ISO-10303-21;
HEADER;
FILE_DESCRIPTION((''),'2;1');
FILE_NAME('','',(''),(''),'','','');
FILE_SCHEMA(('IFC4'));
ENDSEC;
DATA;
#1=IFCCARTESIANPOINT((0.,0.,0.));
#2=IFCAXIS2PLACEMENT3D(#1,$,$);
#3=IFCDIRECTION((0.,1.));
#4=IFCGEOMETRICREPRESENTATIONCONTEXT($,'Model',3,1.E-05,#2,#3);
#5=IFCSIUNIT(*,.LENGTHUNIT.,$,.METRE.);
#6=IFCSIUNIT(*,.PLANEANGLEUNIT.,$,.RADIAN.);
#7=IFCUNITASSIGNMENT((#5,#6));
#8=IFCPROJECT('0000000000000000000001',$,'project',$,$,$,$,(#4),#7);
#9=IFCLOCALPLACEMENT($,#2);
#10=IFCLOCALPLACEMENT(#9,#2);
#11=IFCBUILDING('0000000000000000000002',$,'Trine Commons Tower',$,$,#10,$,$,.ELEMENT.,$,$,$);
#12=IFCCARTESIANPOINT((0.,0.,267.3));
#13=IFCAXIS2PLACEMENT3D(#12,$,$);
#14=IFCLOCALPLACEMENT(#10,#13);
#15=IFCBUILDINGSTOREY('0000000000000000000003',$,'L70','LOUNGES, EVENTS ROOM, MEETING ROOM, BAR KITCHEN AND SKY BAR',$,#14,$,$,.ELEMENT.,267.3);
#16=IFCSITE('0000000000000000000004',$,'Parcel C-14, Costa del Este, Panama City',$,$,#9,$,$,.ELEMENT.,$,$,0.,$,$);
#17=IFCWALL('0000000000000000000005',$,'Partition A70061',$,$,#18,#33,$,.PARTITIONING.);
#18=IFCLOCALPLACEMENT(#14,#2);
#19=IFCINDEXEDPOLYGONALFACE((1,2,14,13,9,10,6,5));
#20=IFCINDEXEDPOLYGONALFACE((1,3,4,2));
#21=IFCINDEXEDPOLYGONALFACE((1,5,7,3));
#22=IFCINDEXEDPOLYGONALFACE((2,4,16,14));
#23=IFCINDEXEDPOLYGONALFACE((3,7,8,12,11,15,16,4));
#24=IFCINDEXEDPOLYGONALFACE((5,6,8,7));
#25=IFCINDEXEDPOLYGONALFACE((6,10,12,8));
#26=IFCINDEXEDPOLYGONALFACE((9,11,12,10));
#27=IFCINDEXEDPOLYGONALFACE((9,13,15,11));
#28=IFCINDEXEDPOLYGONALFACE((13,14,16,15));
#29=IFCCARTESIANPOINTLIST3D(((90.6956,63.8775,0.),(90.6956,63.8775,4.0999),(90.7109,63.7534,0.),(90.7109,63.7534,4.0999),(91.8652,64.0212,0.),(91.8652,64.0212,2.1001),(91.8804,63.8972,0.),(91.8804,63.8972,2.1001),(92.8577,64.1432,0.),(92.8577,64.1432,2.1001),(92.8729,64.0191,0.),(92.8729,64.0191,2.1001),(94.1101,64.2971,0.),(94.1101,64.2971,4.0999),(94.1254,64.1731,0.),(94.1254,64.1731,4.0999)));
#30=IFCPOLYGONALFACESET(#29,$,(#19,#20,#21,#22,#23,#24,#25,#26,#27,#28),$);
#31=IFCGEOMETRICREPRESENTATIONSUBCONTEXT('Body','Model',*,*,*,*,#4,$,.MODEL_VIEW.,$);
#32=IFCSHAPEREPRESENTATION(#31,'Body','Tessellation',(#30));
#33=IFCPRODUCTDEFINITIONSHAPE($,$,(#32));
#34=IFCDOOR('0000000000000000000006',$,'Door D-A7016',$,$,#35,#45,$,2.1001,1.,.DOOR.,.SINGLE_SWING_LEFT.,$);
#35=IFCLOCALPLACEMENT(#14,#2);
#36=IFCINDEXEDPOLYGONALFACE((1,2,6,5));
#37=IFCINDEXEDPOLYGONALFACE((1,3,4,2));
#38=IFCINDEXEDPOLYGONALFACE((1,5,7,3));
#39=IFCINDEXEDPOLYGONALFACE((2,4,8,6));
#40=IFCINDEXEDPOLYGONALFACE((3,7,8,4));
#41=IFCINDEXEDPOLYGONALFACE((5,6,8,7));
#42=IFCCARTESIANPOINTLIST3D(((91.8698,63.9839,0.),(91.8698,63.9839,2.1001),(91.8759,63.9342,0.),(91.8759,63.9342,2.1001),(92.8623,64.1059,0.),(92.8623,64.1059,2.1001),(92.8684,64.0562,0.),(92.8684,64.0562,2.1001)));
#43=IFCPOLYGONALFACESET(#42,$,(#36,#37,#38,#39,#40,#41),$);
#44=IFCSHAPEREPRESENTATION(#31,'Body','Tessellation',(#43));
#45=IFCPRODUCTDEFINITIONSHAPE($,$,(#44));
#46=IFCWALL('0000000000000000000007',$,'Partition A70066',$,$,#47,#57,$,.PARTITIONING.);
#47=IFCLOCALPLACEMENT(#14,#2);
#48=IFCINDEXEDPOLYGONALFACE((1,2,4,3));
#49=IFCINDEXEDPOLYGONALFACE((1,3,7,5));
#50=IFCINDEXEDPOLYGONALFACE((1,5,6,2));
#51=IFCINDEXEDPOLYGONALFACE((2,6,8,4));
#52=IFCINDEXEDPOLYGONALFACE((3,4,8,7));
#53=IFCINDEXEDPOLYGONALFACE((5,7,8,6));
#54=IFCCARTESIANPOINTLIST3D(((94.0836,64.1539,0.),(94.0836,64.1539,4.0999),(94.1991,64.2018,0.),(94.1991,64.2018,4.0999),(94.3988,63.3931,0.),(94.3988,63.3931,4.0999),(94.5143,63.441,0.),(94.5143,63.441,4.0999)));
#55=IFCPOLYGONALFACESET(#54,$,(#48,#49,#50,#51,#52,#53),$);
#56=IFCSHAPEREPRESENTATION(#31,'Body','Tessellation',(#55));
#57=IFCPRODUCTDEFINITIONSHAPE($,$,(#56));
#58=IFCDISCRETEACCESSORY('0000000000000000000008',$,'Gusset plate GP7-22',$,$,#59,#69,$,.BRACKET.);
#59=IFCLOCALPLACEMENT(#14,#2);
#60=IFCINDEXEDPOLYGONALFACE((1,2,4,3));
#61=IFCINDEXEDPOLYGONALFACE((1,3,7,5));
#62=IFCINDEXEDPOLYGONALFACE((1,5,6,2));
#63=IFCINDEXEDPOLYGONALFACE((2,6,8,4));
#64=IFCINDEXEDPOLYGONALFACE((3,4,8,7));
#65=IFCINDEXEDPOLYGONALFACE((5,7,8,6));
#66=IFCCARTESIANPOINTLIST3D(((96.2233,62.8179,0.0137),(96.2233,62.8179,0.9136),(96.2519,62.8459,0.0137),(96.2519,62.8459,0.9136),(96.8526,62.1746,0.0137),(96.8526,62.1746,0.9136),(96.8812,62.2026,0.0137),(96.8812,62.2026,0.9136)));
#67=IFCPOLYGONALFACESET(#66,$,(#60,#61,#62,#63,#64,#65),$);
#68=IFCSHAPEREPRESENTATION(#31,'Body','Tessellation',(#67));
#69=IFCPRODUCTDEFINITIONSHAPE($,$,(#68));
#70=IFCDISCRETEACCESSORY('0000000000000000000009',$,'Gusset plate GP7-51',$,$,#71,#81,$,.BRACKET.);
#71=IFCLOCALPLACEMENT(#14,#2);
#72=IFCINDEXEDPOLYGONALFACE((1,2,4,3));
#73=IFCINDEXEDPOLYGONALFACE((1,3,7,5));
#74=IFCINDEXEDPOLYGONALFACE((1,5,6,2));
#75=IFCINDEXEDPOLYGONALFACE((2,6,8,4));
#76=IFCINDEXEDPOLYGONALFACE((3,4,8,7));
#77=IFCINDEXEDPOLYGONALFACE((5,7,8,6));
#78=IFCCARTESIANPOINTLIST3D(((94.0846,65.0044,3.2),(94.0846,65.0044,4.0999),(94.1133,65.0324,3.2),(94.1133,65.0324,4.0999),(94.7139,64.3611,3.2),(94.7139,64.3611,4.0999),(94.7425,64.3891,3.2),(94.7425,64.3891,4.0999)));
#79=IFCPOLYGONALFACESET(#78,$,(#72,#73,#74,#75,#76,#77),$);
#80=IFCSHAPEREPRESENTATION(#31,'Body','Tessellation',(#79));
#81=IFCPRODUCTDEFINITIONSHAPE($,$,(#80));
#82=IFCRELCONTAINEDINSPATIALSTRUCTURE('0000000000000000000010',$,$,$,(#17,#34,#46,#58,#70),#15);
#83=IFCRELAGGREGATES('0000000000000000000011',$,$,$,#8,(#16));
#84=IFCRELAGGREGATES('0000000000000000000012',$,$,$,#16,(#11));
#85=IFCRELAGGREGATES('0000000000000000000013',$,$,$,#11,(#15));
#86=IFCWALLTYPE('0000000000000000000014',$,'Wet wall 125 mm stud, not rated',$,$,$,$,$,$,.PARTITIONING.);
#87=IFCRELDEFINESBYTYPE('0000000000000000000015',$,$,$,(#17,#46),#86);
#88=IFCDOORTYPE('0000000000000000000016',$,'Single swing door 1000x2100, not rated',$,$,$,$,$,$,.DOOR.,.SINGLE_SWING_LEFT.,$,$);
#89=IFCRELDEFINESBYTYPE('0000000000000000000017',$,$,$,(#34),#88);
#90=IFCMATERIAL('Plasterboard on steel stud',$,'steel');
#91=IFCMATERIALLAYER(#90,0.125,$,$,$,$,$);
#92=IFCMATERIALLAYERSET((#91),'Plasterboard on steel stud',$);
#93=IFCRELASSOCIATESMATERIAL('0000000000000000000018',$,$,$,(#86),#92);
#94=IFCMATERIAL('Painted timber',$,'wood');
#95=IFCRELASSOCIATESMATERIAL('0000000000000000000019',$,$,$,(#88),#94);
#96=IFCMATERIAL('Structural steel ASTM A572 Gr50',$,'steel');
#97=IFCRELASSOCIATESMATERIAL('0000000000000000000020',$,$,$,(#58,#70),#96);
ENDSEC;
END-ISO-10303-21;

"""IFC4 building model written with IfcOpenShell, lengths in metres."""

from ifc_helpers import new_model, si_unit, direction, frame, frame_2d, origin, origin_2d, place, context, subcontext, project, spatial, rectangle, extrude, material, layer, layer_set, type_object, element, fill, save


model = new_model("IFC4")

# Units and contexts
model_context = context("Model", 3, precision=1e-05, world=origin(), true_north=direction((0.0, 1.0)))
body_context = subcontext(model_context, "Body", "Model", "MODEL_VIEW")
ifc_project = project(units=[si_unit("LENGTHUNIT", "METRE"), si_unit("PLANEANGLEUNIT", "RADIAN")], contexts=[model_context])

# Site, building, storey
site_placement = place(None, origin())
site = spatial("IfcSite", under=ifc_project, at=site_placement, Name="Parcel C-14, Costa del Este, Panama City", CompositionType="ELEMENT", RefElevation=0.0)
building_placement = place(site_placement, origin())
building = spatial("IfcBuilding", under=site, at=building_placement, Name="Trine Commons Tower", CompositionType="ELEMENT")
storey_placement = place(building_placement, frame((0.0, 0.0, 267.3)))
storey = spatial("IfcBuildingStorey", under=building, at=storey_placement, Name="L70", Description="LOUNGES, EVENTS ROOM, MEETING ROOM, BAR KITCHEN AND SKY BAR", CompositionType="ELEMENT", Elevation=267.3)

# Shared definitions
ifc_material_1 = material(Name="Plasterboard on steel stud", Category="steel")

# Shared definitions
ifc_layer_1 = layer(ifc_material_1, 0.125)
ifc_layer_set_1 = layer_set([ifc_layer_1], Name="Plasterboard on steel stud")
wall_type_1 = type_object("IfcWallType", Name="Wet wall 125 mm stud, not rated", PredefinedType="PARTITIONING", material=ifc_layer_set_1)
ifc_material_2 = material(Name="Painted timber", Category="wood")
door_type_1 = type_object("IfcDoorType", Name="Single swing door 1000x2100, not rated", OperationType="SINGLE_SWING_LEFT", PredefinedType="DOOR", material=ifc_material_2)

# Wall, opening, door
wall_1_placement = place(storey_placement, frame((90.7031, 63.8154, 0.0), z_axis=(0.0, 0.0, 1.0), x_axis=(0.992531, 0.121991, 0.0)))
wall_1 = element("IfcWall", 1, at=wall_1_placement, inside=storey, type_object=wall_type_1, Name="Partition A70061", PredefinedType="PARTITIONING", context=body_context, shape_type="SweptSolid", body=[
    extrude(rectangle(XDim=3.4402, YDim=0.125, at=frame_2d((1.7202, 0.0))), origin(), (0.0, 0.0, 1.0), 4.0999),
])
opening_1_placement = place(wall_1_placement, frame((1.1785, 0.0, 0.0)))
opening_1 = element("IfcOpeningElement", 2, at=opening_1_placement, cuts=wall_1, PredefinedType="OPENING", context=body_context, shape_type="SweptSolid", body=[
    extrude(rectangle(XDim=1.0, YDim=2.1001, at=frame_2d((0.5, 1.05))), frame((0.0, 0.0725, 0.0), z_axis=(0.0, -1.0, 0.0), x_axis=(1.0, 0.0, 0.0)), (0.0, 0.0, 1.0), 0.145),
])
door_1_placement = place(opening_1_placement, origin())
door_1 = element("IfcDoor", 3, at=door_1_placement, inside=storey, type_object=door_type_1, Name="Door D-A7016", OperationType="SINGLE_SWING_LEFT", OverallHeight=2.1001, OverallWidth=1.0, PredefinedType="DOOR", context=body_context, shape_type="SweptSolid", body=[
    extrude(rectangle(XDim=1.0, YDim=2.1001, at=frame_2d((0.5, 1.05))), frame((0.0, 0.0249, 0.0), z_axis=(0.0, -1.0, 0.0), x_axis=(1.0, 0.0, 0.0)), (0.0, 0.0, 1.0), 0.05),
])
fill(opening_1, door_1)

# Wall
wall_2_placement = place(storey_placement, frame((94.1414, 64.1777, 0.0), z_axis=(0.0, 0.0, 1.0), x_axis=(0.382762, -0.923847, 0.0)))
element("IfcWall", 4, at=wall_2_placement, inside=storey, type_object=wall_type_1, Name="Partition A70066", PredefinedType="PARTITIONING", context=body_context, shape_type="SweptSolid", body=[
    extrude(rectangle(XDim=0.8235, YDim=0.125, at=frame_2d((0.4116, 0.0))), origin(), (0.0, 0.0, 1.0), 4.0999),
])

# Discrete accessories
ifc_material_3 = material(Name="Structural steel ASTM A572 Gr50", Category="steel")
for number, where, z_axis, x_axis, name in (
    (5, (96.5522, 62.5103, 0.0137), (0.0, 0.0, 1.0), (-0.699264, 0.714863, 0.0), "Gusset plate GP7-22"),
    (6, (94.4136, 64.6968, 3.2), (0.0, 0.0, 1.0), (-0.699264, 0.714863, 0.0), "Gusset plate GP7-51"),
):
    element("IfcDiscreteAccessory", number, at=place(storey_placement, frame(where, z_axis=z_axis, x_axis=x_axis)), inside=storey, material=ifc_material_3, Name=name, PredefinedType="BRACKET", context=body_context, shape_type="SweptSolid", body=[
        extrude(rectangle(XDim=0.8999, YDim=0.04, at=origin_2d()), origin(), (0.0, 0.0, 1.0), 0.8999),
    ])

save(model, "model.ifc")
